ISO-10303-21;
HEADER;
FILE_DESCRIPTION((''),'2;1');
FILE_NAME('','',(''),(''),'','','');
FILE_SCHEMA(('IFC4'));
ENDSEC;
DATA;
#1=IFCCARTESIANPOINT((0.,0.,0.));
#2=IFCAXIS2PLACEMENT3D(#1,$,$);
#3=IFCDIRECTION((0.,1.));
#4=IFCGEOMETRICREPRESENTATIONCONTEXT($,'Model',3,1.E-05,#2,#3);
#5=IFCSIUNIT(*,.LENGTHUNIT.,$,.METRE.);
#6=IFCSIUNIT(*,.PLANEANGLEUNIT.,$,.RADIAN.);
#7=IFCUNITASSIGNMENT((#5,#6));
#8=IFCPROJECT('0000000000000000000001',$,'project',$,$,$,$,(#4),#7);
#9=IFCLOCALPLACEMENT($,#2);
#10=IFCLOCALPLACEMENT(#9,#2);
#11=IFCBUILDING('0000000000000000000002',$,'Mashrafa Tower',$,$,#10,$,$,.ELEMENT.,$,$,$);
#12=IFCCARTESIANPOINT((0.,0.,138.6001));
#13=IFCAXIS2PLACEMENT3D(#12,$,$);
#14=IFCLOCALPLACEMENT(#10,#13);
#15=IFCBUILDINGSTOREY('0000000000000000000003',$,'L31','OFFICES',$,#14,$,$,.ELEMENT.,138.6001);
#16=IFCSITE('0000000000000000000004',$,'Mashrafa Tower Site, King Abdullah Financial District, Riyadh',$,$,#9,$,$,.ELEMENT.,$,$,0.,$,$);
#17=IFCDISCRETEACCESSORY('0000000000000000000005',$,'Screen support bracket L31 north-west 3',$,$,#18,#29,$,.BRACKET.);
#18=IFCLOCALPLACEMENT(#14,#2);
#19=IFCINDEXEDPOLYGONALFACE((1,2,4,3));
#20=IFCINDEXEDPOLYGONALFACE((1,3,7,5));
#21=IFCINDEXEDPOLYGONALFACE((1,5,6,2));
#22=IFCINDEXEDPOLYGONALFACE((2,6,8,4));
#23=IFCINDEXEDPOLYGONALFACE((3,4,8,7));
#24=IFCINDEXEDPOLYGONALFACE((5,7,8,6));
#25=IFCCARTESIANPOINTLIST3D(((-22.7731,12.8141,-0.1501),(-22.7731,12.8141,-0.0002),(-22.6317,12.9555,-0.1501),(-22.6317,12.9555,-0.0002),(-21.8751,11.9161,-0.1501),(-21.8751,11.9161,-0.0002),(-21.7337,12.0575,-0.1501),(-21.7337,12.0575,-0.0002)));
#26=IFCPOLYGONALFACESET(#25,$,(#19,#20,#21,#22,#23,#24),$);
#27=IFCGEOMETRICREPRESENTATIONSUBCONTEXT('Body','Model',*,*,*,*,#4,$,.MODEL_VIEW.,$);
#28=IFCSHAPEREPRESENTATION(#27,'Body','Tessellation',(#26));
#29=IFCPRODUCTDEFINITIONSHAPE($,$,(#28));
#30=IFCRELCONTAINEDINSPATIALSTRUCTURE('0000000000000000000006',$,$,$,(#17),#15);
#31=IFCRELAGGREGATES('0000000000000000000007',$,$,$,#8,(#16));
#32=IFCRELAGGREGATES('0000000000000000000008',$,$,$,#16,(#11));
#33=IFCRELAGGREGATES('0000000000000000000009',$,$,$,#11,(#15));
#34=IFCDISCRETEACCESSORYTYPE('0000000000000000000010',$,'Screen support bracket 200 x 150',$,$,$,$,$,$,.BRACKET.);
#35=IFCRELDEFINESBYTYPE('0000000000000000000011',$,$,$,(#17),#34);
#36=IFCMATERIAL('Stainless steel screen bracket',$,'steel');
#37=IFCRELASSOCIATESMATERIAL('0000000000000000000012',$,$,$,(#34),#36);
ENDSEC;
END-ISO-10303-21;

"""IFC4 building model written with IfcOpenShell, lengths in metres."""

from ifc_helpers import new_model, si_unit, direction, frame, origin, origin_2d, place, context, subcontext, project, spatial, rectangle, extrude, source, transform, mapped, material, type_object, type_shapes, element, save


model = new_model("IFC4")

# Units and contexts
model_context = context("Model", 3, precision=1e-05, world=origin(), true_north=direction((0.0, 1.0)))
body_context = subcontext(model_context, "Body", "Model", "MODEL_VIEW")
ifc_project = project(units=[si_unit("LENGTHUNIT", "METRE"), si_unit("PLANEANGLEUNIT", "RADIAN")], contexts=[model_context])

# Site, building, storey
site_placement = place(None, origin())
site = spatial("IfcSite", under=ifc_project, at=site_placement, Name="Mashrafa Tower Site, King Abdullah Financial District, Riyadh", CompositionType="ELEMENT", RefElevation=0.0)
building_placement = place(site_placement, origin())
building = spatial("IfcBuilding", under=site, at=building_placement, Name="Mashrafa Tower", CompositionType="ELEMENT")
storey_placement = place(building_placement, frame((0.0, 0.0, 138.6001)))
storey = spatial("IfcBuildingStorey", under=building, at=storey_placement, Name="L31", Description="OFFICES", CompositionType="ELEMENT", Elevation=138.6001)

# Discrete accessory
ifc_material_1 = material(Name="Stainless steel screen bracket", Category="steel")
discrete_accessory_type = type_object("IfcDiscreteAccessoryType", Name="Screen support bracket 200 x 150", PredefinedType="BRACKET", material=ifc_material_1)
shared_shape_1 = source(origin(), body_context, "Body", "SweptSolid", [
    extrude(rectangle(XDim=0.2, YDim=1.27, at=origin_2d()), origin(), (0.0, 0.0, 1.0), 0.1499),
])
type_shapes(discrete_accessory_type, [shared_shape_1])
for number, where, z_axis, x_axis, name in (
    (1, (-22.2534, 12.4358, -0.1501), (0.0, 0.0, 1.0), (-0.707107, -0.707107, 0.0), "Screen support bracket L31 north-west 3"),
):
    element("IfcDiscreteAccessory", number, at=place(storey_placement, frame(where, z_axis=z_axis, x_axis=x_axis)), inside=storey, type_object=discrete_accessory_type, Name=name, PredefinedType="BRACKET", context=body_context, shape_type="MappedRepresentation", body=[
        mapped(shared_shape_1, transform((0.0, 0.0, 0.0))),
    ])

save(model, "model.ifc")
